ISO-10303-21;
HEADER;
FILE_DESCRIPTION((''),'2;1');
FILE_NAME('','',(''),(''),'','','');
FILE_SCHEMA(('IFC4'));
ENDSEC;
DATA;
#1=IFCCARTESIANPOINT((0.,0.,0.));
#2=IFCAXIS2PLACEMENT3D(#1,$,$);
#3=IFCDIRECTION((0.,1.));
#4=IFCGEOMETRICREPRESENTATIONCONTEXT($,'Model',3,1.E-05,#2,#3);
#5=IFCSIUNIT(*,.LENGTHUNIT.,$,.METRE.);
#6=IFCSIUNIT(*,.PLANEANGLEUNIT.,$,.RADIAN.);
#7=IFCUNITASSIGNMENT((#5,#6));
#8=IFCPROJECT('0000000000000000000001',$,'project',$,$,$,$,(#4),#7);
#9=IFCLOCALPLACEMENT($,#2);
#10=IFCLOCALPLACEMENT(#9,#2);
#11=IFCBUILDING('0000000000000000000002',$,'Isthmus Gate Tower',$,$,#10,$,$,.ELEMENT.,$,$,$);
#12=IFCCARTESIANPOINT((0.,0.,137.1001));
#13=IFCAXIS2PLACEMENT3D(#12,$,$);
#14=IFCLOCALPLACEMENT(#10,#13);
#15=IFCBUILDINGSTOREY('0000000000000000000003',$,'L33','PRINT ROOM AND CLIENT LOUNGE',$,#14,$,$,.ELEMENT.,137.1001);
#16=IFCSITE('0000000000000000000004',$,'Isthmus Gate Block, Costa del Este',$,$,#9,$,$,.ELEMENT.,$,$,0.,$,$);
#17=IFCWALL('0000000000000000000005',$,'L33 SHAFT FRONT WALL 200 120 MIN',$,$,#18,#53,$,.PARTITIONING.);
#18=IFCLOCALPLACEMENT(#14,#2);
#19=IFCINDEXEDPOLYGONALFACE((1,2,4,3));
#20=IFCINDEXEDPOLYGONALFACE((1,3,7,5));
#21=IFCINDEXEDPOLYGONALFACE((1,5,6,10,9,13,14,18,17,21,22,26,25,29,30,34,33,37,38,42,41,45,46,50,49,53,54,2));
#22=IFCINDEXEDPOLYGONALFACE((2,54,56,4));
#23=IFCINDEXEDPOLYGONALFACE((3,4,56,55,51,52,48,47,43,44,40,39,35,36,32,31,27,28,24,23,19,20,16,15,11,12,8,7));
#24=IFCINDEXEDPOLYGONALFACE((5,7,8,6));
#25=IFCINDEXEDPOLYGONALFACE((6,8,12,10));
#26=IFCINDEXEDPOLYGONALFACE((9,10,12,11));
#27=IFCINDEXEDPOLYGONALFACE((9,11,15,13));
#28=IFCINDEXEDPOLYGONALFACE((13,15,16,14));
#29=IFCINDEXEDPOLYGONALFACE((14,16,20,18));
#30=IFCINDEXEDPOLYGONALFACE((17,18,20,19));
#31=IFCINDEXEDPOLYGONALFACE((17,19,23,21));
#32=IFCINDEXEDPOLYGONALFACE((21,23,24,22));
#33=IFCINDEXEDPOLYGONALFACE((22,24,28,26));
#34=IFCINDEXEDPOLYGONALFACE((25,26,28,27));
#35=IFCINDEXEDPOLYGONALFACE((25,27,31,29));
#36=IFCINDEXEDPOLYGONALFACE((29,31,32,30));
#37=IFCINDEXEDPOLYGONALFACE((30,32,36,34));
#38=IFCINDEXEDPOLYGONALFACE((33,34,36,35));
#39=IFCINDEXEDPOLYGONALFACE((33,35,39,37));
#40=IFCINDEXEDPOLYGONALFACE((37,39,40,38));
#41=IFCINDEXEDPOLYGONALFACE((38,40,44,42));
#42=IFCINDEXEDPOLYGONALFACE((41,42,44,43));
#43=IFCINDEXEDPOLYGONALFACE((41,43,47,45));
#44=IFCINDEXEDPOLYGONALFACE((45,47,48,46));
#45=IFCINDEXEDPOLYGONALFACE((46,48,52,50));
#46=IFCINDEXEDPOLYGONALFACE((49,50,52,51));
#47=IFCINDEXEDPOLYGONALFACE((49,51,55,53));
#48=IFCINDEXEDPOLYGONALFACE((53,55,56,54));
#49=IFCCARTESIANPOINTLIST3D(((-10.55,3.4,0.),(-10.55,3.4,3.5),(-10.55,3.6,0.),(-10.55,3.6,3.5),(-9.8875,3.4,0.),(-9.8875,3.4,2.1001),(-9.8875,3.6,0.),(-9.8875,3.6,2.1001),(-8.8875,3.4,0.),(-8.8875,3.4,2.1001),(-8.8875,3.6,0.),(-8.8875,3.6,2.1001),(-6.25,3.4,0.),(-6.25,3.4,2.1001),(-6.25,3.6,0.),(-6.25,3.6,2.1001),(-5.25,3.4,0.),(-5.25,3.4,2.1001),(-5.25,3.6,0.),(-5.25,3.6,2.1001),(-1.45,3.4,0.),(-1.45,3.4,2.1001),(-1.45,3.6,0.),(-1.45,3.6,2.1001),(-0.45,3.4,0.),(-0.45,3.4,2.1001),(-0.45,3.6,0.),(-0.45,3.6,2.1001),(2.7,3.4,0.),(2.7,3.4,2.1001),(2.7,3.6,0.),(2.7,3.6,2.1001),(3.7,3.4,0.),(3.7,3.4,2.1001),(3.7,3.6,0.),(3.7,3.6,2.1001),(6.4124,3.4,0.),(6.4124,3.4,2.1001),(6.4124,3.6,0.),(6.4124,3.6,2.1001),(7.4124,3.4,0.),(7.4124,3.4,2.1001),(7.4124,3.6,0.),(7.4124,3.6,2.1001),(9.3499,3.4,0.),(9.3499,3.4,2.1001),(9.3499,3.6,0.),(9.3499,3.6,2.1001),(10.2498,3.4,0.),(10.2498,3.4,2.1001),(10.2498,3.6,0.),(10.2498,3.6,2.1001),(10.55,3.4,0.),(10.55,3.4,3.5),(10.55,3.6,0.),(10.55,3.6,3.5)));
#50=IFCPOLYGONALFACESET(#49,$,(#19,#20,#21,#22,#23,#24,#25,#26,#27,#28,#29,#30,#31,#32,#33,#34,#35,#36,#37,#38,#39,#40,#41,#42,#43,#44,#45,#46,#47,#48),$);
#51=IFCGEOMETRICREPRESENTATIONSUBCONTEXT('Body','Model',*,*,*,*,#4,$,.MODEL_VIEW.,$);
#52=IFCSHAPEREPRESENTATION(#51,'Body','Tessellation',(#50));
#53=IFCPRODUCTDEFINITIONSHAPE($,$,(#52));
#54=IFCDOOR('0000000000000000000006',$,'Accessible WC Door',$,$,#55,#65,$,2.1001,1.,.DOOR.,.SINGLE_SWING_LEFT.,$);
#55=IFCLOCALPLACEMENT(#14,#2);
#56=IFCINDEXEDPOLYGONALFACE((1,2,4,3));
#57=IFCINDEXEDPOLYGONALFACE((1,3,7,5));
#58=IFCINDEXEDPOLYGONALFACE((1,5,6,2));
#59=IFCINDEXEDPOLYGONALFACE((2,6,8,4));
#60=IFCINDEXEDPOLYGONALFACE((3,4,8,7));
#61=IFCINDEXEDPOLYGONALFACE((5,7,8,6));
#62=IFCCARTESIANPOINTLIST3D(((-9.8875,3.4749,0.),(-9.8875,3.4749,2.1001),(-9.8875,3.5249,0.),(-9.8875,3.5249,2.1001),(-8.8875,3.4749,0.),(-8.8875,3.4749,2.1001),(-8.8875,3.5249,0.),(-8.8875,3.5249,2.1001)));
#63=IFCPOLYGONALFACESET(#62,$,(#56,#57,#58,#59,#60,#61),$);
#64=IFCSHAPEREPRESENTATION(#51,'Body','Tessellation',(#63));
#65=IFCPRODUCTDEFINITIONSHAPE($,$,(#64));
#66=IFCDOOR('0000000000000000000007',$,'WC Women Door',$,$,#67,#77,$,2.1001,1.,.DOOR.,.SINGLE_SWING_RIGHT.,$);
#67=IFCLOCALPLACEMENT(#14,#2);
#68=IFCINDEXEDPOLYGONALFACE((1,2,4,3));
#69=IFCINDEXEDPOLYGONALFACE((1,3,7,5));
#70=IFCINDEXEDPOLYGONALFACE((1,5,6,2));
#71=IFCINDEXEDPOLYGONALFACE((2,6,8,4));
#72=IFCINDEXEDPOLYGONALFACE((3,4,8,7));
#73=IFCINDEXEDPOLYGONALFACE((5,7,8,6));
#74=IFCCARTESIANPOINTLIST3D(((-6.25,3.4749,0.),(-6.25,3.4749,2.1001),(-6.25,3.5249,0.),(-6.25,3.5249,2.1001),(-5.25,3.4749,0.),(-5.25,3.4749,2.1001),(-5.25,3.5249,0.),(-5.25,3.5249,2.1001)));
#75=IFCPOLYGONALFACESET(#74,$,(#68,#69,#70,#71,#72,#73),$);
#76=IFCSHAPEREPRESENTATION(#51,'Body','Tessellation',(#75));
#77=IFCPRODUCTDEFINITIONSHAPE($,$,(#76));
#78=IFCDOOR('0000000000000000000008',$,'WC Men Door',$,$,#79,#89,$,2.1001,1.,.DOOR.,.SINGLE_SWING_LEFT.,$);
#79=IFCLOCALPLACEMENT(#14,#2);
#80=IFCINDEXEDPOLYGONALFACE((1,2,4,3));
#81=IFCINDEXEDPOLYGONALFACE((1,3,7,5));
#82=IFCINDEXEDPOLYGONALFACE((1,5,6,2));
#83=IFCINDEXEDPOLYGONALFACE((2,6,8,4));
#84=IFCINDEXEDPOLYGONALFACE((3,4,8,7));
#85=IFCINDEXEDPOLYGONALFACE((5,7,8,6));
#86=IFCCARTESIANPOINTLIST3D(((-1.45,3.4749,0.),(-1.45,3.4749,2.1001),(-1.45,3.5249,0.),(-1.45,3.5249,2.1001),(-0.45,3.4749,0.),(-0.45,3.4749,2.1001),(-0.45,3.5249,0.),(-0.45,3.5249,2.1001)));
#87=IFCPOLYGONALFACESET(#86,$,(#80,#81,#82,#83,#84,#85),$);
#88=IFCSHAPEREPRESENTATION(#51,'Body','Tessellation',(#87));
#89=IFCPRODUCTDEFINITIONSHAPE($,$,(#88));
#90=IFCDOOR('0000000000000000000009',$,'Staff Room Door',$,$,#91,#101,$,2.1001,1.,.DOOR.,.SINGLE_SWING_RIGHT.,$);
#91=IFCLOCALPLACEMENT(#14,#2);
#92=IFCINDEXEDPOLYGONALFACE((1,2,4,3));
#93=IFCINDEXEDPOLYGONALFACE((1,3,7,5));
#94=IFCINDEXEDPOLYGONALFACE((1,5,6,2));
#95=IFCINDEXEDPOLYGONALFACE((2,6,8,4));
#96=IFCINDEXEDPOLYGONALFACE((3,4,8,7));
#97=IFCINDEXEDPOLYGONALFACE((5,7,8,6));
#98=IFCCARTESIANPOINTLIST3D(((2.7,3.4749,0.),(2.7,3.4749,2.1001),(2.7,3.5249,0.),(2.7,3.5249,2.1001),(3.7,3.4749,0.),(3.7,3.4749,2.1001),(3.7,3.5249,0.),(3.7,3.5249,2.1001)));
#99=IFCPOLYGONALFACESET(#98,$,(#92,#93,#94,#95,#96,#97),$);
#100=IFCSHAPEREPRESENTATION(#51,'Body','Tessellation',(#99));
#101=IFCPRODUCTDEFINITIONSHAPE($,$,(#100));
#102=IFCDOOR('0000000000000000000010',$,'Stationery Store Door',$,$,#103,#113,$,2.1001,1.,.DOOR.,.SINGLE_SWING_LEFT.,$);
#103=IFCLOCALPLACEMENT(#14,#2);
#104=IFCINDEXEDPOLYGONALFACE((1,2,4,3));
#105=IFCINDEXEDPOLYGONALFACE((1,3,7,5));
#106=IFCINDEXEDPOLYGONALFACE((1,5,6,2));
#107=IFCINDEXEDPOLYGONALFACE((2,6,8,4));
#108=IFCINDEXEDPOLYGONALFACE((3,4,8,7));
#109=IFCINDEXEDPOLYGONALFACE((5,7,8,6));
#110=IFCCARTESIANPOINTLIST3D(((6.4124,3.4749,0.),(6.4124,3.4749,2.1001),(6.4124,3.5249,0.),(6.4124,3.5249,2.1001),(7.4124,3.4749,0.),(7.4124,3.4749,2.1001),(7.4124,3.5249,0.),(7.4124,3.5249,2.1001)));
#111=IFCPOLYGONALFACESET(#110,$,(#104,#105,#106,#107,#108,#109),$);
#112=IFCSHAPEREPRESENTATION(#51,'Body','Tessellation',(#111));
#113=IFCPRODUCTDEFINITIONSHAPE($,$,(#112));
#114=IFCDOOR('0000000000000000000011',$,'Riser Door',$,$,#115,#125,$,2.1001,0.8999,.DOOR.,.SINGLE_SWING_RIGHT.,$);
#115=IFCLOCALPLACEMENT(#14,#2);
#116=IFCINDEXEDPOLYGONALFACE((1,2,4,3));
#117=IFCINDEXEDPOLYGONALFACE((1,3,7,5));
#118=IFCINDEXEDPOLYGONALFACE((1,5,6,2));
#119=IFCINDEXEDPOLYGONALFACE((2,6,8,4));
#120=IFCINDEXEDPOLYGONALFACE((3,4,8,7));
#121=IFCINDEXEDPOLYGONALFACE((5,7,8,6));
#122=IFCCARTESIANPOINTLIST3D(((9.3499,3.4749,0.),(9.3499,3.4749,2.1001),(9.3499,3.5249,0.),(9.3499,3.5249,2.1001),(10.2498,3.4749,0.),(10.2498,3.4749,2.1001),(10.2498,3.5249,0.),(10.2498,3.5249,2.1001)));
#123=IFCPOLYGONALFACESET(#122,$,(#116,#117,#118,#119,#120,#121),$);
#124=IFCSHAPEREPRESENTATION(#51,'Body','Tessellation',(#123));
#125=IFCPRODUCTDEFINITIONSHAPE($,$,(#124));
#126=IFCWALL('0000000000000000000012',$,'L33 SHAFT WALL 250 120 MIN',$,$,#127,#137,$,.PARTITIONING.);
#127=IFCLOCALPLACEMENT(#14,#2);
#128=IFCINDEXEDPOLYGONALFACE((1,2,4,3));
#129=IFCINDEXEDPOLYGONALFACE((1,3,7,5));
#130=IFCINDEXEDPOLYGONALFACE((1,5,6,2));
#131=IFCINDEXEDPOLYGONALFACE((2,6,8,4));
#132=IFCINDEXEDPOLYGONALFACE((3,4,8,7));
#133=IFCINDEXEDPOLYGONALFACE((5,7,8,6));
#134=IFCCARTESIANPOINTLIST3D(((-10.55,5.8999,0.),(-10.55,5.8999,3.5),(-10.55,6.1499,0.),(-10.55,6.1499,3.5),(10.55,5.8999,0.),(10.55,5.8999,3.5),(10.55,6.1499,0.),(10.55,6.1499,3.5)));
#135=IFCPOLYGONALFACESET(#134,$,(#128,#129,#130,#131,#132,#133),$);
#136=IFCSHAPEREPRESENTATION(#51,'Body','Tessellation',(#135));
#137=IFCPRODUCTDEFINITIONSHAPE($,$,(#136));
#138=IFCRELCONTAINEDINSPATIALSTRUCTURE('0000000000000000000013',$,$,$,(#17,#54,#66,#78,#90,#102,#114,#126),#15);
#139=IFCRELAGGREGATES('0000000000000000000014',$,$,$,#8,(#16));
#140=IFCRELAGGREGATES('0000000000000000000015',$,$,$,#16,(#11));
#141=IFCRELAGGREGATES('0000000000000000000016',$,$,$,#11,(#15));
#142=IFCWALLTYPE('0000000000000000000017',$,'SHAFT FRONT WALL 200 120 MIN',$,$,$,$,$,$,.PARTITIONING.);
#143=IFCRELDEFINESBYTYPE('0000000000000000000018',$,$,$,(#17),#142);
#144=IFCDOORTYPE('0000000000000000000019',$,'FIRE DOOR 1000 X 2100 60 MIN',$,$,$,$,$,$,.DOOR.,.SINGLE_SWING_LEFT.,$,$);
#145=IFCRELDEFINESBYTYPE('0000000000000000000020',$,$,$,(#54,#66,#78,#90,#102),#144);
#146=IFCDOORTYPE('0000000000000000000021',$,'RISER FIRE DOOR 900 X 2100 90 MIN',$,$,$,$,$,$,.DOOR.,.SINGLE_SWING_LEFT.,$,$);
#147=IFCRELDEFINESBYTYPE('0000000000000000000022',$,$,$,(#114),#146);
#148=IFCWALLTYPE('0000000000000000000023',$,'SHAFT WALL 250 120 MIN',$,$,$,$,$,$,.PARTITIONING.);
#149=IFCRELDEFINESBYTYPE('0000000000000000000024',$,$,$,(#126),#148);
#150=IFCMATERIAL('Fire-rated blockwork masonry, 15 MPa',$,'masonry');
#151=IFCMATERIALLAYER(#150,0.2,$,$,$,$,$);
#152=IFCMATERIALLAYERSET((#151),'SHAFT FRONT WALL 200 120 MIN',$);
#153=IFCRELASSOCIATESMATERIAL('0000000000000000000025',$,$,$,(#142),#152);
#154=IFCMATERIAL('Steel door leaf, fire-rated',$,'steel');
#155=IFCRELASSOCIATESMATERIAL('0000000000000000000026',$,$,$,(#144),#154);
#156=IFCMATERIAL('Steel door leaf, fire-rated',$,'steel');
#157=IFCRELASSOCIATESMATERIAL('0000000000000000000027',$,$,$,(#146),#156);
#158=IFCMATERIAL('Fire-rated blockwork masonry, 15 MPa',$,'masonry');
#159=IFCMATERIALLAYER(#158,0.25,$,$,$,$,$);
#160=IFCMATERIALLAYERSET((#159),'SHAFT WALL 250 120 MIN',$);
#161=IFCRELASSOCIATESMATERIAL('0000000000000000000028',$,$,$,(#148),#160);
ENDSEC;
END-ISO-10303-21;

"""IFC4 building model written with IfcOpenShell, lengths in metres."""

from ifc_helpers import new_model, si_unit, direction, frame, frame_2d, origin, place, context, subcontext, project, spatial, rectangle, extrude, material, layer, layer_set, type_object, element, fill, save


model = new_model("IFC4")

# Units and contexts
model_context = context("Model", 3, precision=1e-05, world=origin(), true_north=direction((0.0, 1.0)))
body_context = subcontext(model_context, "Body", "Model", "MODEL_VIEW")
ifc_project = project(units=[si_unit("LENGTHUNIT", "METRE"), si_unit("PLANEANGLEUNIT", "RADIAN")], contexts=[model_context])

# Site, building, storey
site_placement = place(None, origin())
site = spatial("IfcSite", under=ifc_project, at=site_placement, Name="Isthmus Gate Block, Costa del Este", CompositionType="ELEMENT", RefElevation=0.0)
building_placement = place(site_placement, origin())
building = spatial("IfcBuilding", under=site, at=building_placement, Name="Isthmus Gate Tower", CompositionType="ELEMENT")
storey_placement = place(building_placement, frame((0.0, 0.0, 137.1001)))
storey = spatial("IfcBuildingStorey", under=building, at=storey_placement, Name="L33", Description="PRINT ROOM AND CLIENT LOUNGE", CompositionType="ELEMENT", Elevation=137.1001)

# Wall, openings, doors
ifc_material_1 = material(Name="Fire-rated blockwork masonry, 15 MPa", Category="masonry")
ifc_layer_1 = layer(ifc_material_1, 0.2)
ifc_layer_set_1 = layer_set([ifc_layer_1], Name="SHAFT FRONT WALL 200 120 MIN")
wall_type_1 = type_object("IfcWallType", Name="SHAFT FRONT WALL 200 120 MIN", PredefinedType="PARTITIONING", material=ifc_layer_set_1)
wall_1_placement = place(storey_placement, frame((-10.55, 3.5, 0.0), z_axis=(0.0, 0.0, 1.0), x_axis=(1.0, 0.0, 0.0)))
wall_1 = element("IfcWall", 1, at=wall_1_placement, inside=storey, type_object=wall_type_1, Name="L33 SHAFT FRONT WALL 200 120 MIN", PredefinedType="PARTITIONING", context=body_context, shape_type="SweptSolid", body=[
    extrude(rectangle(XDim=21.1001, YDim=0.2, at=frame_2d((10.55, 0.0))), origin(), (0.0, 0.0, 1.0), 3.5),
])
opening_1_placement = place(wall_1_placement, frame((0.6626, 0.0, 0.0)))
opening_1 = element("IfcOpeningElement", 2, at=opening_1_placement, cuts=wall_1, PredefinedType="OPENING", context=body_context, shape_type="SweptSolid", body=[
    extrude(rectangle(XDim=1.0, YDim=2.1001, at=frame_2d((0.5, 1.05))), frame((0.0, 0.1099, 0.0), z_axis=(0.0, -1.0, 0.0), x_axis=(1.0, 0.0, 0.0)), (0.0, 0.0, 1.0), 0.22),
])
opening_2_placement = place(wall_1_placement, frame((4.3, 0.0, 0.0)))
opening_2 = element("IfcOpeningElement", 3, at=opening_2_placement, cuts=wall_1, PredefinedType="OPENING", context=body_context, shape_type="SweptSolid", body=[
    extrude(rectangle(XDim=1.0, YDim=2.1001, at=frame_2d((0.5, 1.05))), frame((0.0, 0.1099, 0.0), z_axis=(0.0, -1.0, 0.0), x_axis=(1.0, 0.0, 0.0)), (0.0, 0.0, 1.0), 0.22),
])
opening_3_placement = place(wall_1_placement, frame((9.1001, 0.0, 0.0)))
opening_3 = element("IfcOpeningElement", 4, at=opening_3_placement, cuts=wall_1, PredefinedType="OPENING", context=body_context, shape_type="SweptSolid", body=[
    extrude(rectangle(XDim=1.0, YDim=2.1001, at=frame_2d((0.5, 1.05))), frame((0.0, 0.1099, 0.0), z_axis=(0.0, -1.0, 0.0), x_axis=(1.0, 0.0, 0.0)), (0.0, 0.0, 1.0), 0.22),
])
opening_4_placement = place(wall_1_placement, frame((13.25, 0.0, 0.0)))
opening_4 = element("IfcOpeningElement", 5, at=opening_4_placement, cuts=wall_1, PredefinedType="OPENING", context=body_context, shape_type="SweptSolid", body=[
    extrude(rectangle(XDim=1.0, YDim=2.1001, at=frame_2d((0.5, 1.05))), frame((0.0, 0.1099, 0.0), z_axis=(0.0, -1.0, 0.0), x_axis=(1.0, 0.0, 0.0)), (0.0, 0.0, 1.0), 0.22),
])
opening_5_placement = place(wall_1_placement, frame((16.9624, 0.0, 0.0)))
opening_5 = element("IfcOpeningElement", 6, at=opening_5_placement, cuts=wall_1, PredefinedType="OPENING", context=body_context, shape_type="SweptSolid", body=[
    extrude(rectangle(XDim=1.0, YDim=2.1001, at=frame_2d((0.5, 1.05))), frame((0.0, 0.1099, 0.0), z_axis=(0.0, -1.0, 0.0), x_axis=(1.0, 0.0, 0.0)), (0.0, 0.0, 1.0), 0.22),
])
opening_6_placement = place(wall_1_placement, frame((19.8999, 0.0, 0.0)))
opening_6 = element("IfcOpeningElement", 7, at=opening_6_placement, cuts=wall_1, PredefinedType="OPENING", context=body_context, shape_type="SweptSolid", body=[
    extrude(rectangle(XDim=0.8999, YDim=2.1001, at=frame_2d((0.45, 1.05))), frame((0.0, 0.1099, 0.0), z_axis=(0.0, -1.0, 0.0), x_axis=(1.0, 0.0, 0.0)), (0.0, 0.0, 1.0), 0.22),
])
ifc_material_2 = material(Name="Steel door leaf, fire-rated", Category="steel")
door_type_1 = type_object("IfcDoorType", Name="FIRE DOOR 1000 X 2100 60 MIN", OperationType="SINGLE_SWING_LEFT", PredefinedType="DOOR", material=ifc_material_2)
door_1_placement = place(opening_1_placement, origin())
door_1 = element("IfcDoor", 8, at=door_1_placement, inside=storey, type_object=door_type_1, Name="Accessible WC Door", OperationType="SINGLE_SWING_LEFT", OverallHeight=2.1001, OverallWidth=1.0, PredefinedType="DOOR", context=body_context, shape_type="SweptSolid", body=[
    extrude(rectangle(XDim=1.0, YDim=2.1001, at=frame_2d((0.5, 1.05))), frame((0.0, 0.0249, 0.0), z_axis=(0.0, -1.0, 0.0), x_axis=(1.0, 0.0, 0.0)), (0.0, 0.0, 1.0), 0.05),
])
fill(opening_1, door_1)
door_2_placement = place(opening_2_placement, origin())
door_2 = element("IfcDoor", 9, at=door_2_placement, inside=storey, type_object=door_type_1, Name="WC Women Door", OperationType="SINGLE_SWING_RIGHT", OverallHeight=2.1001, OverallWidth=1.0, PredefinedType="DOOR", context=body_context, shape_type="SweptSolid", body=[
    extrude(rectangle(XDim=1.0, YDim=2.1001, at=frame_2d((0.5, 1.05))), frame((0.0, 0.0249, 0.0), z_axis=(0.0, -1.0, 0.0), x_axis=(1.0, 0.0, 0.0)), (0.0, 0.0, 1.0), 0.05),
])
fill(opening_2, door_2)
door_3_placement = place(opening_3_placement, origin())
door_3 = element("IfcDoor", 10, at=door_3_placement, inside=storey, type_object=door_type_1, Name="WC Men Door", OperationType="SINGLE_SWING_LEFT", OverallHeight=2.1001, OverallWidth=1.0, PredefinedType="DOOR", context=body_context, shape_type="SweptSolid", body=[
    extrude(rectangle(XDim=1.0, YDim=2.1001, at=frame_2d((0.5, 1.05))), frame((0.0, 0.0249, 0.0), z_axis=(0.0, -1.0, 0.0), x_axis=(1.0, 0.0, 0.0)), (0.0, 0.0, 1.0), 0.05),
])
fill(opening_3, door_3)
door_4_placement = place(opening_4_placement, origin())
door_4 = element("IfcDoor", 11, at=door_4_placement, inside=storey, type_object=door_type_1, Name="Staff Room Door", OperationType="SINGLE_SWING_RIGHT", OverallHeight=2.1001, OverallWidth=1.0, PredefinedType="DOOR", context=body_context, shape_type="SweptSolid", body=[
    extrude(rectangle(XDim=1.0, YDim=2.1001, at=frame_2d((0.5, 1.05))), frame((0.0, 0.0249, 0.0), z_axis=(0.0, -1.0, 0.0), x_axis=(1.0, 0.0, 0.0)), (0.0, 0.0, 1.0), 0.05),
])
fill(opening_4, door_4)
door_5_placement = place(opening_5_placement, origin())
door_5 = element("IfcDoor", 12, at=door_5_placement, inside=storey, type_object=door_type_1, Name="Stationery Store Door", OperationType="SINGLE_SWING_LEFT", OverallHeight=2.1001, OverallWidth=1.0, PredefinedType="DOOR", context=body_context, shape_type="SweptSolid", body=[
    extrude(rectangle(XDim=1.0, YDim=2.1001, at=frame_2d((0.5, 1.05))), frame((0.0, 0.0249, 0.0), z_axis=(0.0, -1.0, 0.0), x_axis=(1.0, 0.0, 0.0)), (0.0, 0.0, 1.0), 0.05),
])
fill(opening_5, door_5)
ifc_material_3 = material(Name="Steel door leaf, fire-rated", Category="steel")
door_type_2 = type_object("IfcDoorType", Name="RISER FIRE DOOR 900 X 2100 90 MIN", OperationType="SINGLE_SWING_LEFT", PredefinedType="DOOR", material=ifc_material_3)
door_6_placement = place(opening_6_placement, origin())
door_6 = element("IfcDoor", 13, at=door_6_placement, inside=storey, type_object=door_type_2, Name="Riser Door", OperationType="SINGLE_SWING_RIGHT", OverallHeight=2.1001, OverallWidth=0.8999, PredefinedType="DOOR", context=body_context, shape_type="SweptSolid", body=[
    extrude(rectangle(XDim=0.8999, YDim=2.1001, at=frame_2d((0.45, 1.05))), frame((0.0, 0.0249, 0.0), z_axis=(0.0, -1.0, 0.0), x_axis=(1.0, 0.0, 0.0)), (0.0, 0.0, 1.0), 0.05),
])
fill(opening_6, door_6)

# Wall
ifc_material_4 = material(Name="Fire-rated blockwork masonry, 15 MPa", Category="masonry")
ifc_layer_2 = layer(ifc_material_4, 0.25)
ifc_layer_set_2 = layer_set([ifc_layer_2], Name="SHAFT WALL 250 120 MIN")
wall_type_2 = type_object("IfcWallType", Name="SHAFT WALL 250 120 MIN", PredefinedType="PARTITIONING", material=ifc_layer_set_2)
wall_2_placement = place(storey_placement, frame((-10.55, 6.0249, 0.0), z_axis=(0.0, 0.0, 1.0), x_axis=(1.0, 0.0, 0.0)))
element("IfcWall", 14, at=wall_2_placement, inside=storey, type_object=wall_type_2, Name="L33 SHAFT WALL 250 120 MIN", PredefinedType="PARTITIONING", context=body_context, shape_type="SweptSolid", body=[
    extrude(rectangle(XDim=21.1001, YDim=0.25, at=frame_2d((10.55, 0.0))), origin(), (0.0, 0.0, 1.0), 3.5),
])

save(model, "model.ifc")
